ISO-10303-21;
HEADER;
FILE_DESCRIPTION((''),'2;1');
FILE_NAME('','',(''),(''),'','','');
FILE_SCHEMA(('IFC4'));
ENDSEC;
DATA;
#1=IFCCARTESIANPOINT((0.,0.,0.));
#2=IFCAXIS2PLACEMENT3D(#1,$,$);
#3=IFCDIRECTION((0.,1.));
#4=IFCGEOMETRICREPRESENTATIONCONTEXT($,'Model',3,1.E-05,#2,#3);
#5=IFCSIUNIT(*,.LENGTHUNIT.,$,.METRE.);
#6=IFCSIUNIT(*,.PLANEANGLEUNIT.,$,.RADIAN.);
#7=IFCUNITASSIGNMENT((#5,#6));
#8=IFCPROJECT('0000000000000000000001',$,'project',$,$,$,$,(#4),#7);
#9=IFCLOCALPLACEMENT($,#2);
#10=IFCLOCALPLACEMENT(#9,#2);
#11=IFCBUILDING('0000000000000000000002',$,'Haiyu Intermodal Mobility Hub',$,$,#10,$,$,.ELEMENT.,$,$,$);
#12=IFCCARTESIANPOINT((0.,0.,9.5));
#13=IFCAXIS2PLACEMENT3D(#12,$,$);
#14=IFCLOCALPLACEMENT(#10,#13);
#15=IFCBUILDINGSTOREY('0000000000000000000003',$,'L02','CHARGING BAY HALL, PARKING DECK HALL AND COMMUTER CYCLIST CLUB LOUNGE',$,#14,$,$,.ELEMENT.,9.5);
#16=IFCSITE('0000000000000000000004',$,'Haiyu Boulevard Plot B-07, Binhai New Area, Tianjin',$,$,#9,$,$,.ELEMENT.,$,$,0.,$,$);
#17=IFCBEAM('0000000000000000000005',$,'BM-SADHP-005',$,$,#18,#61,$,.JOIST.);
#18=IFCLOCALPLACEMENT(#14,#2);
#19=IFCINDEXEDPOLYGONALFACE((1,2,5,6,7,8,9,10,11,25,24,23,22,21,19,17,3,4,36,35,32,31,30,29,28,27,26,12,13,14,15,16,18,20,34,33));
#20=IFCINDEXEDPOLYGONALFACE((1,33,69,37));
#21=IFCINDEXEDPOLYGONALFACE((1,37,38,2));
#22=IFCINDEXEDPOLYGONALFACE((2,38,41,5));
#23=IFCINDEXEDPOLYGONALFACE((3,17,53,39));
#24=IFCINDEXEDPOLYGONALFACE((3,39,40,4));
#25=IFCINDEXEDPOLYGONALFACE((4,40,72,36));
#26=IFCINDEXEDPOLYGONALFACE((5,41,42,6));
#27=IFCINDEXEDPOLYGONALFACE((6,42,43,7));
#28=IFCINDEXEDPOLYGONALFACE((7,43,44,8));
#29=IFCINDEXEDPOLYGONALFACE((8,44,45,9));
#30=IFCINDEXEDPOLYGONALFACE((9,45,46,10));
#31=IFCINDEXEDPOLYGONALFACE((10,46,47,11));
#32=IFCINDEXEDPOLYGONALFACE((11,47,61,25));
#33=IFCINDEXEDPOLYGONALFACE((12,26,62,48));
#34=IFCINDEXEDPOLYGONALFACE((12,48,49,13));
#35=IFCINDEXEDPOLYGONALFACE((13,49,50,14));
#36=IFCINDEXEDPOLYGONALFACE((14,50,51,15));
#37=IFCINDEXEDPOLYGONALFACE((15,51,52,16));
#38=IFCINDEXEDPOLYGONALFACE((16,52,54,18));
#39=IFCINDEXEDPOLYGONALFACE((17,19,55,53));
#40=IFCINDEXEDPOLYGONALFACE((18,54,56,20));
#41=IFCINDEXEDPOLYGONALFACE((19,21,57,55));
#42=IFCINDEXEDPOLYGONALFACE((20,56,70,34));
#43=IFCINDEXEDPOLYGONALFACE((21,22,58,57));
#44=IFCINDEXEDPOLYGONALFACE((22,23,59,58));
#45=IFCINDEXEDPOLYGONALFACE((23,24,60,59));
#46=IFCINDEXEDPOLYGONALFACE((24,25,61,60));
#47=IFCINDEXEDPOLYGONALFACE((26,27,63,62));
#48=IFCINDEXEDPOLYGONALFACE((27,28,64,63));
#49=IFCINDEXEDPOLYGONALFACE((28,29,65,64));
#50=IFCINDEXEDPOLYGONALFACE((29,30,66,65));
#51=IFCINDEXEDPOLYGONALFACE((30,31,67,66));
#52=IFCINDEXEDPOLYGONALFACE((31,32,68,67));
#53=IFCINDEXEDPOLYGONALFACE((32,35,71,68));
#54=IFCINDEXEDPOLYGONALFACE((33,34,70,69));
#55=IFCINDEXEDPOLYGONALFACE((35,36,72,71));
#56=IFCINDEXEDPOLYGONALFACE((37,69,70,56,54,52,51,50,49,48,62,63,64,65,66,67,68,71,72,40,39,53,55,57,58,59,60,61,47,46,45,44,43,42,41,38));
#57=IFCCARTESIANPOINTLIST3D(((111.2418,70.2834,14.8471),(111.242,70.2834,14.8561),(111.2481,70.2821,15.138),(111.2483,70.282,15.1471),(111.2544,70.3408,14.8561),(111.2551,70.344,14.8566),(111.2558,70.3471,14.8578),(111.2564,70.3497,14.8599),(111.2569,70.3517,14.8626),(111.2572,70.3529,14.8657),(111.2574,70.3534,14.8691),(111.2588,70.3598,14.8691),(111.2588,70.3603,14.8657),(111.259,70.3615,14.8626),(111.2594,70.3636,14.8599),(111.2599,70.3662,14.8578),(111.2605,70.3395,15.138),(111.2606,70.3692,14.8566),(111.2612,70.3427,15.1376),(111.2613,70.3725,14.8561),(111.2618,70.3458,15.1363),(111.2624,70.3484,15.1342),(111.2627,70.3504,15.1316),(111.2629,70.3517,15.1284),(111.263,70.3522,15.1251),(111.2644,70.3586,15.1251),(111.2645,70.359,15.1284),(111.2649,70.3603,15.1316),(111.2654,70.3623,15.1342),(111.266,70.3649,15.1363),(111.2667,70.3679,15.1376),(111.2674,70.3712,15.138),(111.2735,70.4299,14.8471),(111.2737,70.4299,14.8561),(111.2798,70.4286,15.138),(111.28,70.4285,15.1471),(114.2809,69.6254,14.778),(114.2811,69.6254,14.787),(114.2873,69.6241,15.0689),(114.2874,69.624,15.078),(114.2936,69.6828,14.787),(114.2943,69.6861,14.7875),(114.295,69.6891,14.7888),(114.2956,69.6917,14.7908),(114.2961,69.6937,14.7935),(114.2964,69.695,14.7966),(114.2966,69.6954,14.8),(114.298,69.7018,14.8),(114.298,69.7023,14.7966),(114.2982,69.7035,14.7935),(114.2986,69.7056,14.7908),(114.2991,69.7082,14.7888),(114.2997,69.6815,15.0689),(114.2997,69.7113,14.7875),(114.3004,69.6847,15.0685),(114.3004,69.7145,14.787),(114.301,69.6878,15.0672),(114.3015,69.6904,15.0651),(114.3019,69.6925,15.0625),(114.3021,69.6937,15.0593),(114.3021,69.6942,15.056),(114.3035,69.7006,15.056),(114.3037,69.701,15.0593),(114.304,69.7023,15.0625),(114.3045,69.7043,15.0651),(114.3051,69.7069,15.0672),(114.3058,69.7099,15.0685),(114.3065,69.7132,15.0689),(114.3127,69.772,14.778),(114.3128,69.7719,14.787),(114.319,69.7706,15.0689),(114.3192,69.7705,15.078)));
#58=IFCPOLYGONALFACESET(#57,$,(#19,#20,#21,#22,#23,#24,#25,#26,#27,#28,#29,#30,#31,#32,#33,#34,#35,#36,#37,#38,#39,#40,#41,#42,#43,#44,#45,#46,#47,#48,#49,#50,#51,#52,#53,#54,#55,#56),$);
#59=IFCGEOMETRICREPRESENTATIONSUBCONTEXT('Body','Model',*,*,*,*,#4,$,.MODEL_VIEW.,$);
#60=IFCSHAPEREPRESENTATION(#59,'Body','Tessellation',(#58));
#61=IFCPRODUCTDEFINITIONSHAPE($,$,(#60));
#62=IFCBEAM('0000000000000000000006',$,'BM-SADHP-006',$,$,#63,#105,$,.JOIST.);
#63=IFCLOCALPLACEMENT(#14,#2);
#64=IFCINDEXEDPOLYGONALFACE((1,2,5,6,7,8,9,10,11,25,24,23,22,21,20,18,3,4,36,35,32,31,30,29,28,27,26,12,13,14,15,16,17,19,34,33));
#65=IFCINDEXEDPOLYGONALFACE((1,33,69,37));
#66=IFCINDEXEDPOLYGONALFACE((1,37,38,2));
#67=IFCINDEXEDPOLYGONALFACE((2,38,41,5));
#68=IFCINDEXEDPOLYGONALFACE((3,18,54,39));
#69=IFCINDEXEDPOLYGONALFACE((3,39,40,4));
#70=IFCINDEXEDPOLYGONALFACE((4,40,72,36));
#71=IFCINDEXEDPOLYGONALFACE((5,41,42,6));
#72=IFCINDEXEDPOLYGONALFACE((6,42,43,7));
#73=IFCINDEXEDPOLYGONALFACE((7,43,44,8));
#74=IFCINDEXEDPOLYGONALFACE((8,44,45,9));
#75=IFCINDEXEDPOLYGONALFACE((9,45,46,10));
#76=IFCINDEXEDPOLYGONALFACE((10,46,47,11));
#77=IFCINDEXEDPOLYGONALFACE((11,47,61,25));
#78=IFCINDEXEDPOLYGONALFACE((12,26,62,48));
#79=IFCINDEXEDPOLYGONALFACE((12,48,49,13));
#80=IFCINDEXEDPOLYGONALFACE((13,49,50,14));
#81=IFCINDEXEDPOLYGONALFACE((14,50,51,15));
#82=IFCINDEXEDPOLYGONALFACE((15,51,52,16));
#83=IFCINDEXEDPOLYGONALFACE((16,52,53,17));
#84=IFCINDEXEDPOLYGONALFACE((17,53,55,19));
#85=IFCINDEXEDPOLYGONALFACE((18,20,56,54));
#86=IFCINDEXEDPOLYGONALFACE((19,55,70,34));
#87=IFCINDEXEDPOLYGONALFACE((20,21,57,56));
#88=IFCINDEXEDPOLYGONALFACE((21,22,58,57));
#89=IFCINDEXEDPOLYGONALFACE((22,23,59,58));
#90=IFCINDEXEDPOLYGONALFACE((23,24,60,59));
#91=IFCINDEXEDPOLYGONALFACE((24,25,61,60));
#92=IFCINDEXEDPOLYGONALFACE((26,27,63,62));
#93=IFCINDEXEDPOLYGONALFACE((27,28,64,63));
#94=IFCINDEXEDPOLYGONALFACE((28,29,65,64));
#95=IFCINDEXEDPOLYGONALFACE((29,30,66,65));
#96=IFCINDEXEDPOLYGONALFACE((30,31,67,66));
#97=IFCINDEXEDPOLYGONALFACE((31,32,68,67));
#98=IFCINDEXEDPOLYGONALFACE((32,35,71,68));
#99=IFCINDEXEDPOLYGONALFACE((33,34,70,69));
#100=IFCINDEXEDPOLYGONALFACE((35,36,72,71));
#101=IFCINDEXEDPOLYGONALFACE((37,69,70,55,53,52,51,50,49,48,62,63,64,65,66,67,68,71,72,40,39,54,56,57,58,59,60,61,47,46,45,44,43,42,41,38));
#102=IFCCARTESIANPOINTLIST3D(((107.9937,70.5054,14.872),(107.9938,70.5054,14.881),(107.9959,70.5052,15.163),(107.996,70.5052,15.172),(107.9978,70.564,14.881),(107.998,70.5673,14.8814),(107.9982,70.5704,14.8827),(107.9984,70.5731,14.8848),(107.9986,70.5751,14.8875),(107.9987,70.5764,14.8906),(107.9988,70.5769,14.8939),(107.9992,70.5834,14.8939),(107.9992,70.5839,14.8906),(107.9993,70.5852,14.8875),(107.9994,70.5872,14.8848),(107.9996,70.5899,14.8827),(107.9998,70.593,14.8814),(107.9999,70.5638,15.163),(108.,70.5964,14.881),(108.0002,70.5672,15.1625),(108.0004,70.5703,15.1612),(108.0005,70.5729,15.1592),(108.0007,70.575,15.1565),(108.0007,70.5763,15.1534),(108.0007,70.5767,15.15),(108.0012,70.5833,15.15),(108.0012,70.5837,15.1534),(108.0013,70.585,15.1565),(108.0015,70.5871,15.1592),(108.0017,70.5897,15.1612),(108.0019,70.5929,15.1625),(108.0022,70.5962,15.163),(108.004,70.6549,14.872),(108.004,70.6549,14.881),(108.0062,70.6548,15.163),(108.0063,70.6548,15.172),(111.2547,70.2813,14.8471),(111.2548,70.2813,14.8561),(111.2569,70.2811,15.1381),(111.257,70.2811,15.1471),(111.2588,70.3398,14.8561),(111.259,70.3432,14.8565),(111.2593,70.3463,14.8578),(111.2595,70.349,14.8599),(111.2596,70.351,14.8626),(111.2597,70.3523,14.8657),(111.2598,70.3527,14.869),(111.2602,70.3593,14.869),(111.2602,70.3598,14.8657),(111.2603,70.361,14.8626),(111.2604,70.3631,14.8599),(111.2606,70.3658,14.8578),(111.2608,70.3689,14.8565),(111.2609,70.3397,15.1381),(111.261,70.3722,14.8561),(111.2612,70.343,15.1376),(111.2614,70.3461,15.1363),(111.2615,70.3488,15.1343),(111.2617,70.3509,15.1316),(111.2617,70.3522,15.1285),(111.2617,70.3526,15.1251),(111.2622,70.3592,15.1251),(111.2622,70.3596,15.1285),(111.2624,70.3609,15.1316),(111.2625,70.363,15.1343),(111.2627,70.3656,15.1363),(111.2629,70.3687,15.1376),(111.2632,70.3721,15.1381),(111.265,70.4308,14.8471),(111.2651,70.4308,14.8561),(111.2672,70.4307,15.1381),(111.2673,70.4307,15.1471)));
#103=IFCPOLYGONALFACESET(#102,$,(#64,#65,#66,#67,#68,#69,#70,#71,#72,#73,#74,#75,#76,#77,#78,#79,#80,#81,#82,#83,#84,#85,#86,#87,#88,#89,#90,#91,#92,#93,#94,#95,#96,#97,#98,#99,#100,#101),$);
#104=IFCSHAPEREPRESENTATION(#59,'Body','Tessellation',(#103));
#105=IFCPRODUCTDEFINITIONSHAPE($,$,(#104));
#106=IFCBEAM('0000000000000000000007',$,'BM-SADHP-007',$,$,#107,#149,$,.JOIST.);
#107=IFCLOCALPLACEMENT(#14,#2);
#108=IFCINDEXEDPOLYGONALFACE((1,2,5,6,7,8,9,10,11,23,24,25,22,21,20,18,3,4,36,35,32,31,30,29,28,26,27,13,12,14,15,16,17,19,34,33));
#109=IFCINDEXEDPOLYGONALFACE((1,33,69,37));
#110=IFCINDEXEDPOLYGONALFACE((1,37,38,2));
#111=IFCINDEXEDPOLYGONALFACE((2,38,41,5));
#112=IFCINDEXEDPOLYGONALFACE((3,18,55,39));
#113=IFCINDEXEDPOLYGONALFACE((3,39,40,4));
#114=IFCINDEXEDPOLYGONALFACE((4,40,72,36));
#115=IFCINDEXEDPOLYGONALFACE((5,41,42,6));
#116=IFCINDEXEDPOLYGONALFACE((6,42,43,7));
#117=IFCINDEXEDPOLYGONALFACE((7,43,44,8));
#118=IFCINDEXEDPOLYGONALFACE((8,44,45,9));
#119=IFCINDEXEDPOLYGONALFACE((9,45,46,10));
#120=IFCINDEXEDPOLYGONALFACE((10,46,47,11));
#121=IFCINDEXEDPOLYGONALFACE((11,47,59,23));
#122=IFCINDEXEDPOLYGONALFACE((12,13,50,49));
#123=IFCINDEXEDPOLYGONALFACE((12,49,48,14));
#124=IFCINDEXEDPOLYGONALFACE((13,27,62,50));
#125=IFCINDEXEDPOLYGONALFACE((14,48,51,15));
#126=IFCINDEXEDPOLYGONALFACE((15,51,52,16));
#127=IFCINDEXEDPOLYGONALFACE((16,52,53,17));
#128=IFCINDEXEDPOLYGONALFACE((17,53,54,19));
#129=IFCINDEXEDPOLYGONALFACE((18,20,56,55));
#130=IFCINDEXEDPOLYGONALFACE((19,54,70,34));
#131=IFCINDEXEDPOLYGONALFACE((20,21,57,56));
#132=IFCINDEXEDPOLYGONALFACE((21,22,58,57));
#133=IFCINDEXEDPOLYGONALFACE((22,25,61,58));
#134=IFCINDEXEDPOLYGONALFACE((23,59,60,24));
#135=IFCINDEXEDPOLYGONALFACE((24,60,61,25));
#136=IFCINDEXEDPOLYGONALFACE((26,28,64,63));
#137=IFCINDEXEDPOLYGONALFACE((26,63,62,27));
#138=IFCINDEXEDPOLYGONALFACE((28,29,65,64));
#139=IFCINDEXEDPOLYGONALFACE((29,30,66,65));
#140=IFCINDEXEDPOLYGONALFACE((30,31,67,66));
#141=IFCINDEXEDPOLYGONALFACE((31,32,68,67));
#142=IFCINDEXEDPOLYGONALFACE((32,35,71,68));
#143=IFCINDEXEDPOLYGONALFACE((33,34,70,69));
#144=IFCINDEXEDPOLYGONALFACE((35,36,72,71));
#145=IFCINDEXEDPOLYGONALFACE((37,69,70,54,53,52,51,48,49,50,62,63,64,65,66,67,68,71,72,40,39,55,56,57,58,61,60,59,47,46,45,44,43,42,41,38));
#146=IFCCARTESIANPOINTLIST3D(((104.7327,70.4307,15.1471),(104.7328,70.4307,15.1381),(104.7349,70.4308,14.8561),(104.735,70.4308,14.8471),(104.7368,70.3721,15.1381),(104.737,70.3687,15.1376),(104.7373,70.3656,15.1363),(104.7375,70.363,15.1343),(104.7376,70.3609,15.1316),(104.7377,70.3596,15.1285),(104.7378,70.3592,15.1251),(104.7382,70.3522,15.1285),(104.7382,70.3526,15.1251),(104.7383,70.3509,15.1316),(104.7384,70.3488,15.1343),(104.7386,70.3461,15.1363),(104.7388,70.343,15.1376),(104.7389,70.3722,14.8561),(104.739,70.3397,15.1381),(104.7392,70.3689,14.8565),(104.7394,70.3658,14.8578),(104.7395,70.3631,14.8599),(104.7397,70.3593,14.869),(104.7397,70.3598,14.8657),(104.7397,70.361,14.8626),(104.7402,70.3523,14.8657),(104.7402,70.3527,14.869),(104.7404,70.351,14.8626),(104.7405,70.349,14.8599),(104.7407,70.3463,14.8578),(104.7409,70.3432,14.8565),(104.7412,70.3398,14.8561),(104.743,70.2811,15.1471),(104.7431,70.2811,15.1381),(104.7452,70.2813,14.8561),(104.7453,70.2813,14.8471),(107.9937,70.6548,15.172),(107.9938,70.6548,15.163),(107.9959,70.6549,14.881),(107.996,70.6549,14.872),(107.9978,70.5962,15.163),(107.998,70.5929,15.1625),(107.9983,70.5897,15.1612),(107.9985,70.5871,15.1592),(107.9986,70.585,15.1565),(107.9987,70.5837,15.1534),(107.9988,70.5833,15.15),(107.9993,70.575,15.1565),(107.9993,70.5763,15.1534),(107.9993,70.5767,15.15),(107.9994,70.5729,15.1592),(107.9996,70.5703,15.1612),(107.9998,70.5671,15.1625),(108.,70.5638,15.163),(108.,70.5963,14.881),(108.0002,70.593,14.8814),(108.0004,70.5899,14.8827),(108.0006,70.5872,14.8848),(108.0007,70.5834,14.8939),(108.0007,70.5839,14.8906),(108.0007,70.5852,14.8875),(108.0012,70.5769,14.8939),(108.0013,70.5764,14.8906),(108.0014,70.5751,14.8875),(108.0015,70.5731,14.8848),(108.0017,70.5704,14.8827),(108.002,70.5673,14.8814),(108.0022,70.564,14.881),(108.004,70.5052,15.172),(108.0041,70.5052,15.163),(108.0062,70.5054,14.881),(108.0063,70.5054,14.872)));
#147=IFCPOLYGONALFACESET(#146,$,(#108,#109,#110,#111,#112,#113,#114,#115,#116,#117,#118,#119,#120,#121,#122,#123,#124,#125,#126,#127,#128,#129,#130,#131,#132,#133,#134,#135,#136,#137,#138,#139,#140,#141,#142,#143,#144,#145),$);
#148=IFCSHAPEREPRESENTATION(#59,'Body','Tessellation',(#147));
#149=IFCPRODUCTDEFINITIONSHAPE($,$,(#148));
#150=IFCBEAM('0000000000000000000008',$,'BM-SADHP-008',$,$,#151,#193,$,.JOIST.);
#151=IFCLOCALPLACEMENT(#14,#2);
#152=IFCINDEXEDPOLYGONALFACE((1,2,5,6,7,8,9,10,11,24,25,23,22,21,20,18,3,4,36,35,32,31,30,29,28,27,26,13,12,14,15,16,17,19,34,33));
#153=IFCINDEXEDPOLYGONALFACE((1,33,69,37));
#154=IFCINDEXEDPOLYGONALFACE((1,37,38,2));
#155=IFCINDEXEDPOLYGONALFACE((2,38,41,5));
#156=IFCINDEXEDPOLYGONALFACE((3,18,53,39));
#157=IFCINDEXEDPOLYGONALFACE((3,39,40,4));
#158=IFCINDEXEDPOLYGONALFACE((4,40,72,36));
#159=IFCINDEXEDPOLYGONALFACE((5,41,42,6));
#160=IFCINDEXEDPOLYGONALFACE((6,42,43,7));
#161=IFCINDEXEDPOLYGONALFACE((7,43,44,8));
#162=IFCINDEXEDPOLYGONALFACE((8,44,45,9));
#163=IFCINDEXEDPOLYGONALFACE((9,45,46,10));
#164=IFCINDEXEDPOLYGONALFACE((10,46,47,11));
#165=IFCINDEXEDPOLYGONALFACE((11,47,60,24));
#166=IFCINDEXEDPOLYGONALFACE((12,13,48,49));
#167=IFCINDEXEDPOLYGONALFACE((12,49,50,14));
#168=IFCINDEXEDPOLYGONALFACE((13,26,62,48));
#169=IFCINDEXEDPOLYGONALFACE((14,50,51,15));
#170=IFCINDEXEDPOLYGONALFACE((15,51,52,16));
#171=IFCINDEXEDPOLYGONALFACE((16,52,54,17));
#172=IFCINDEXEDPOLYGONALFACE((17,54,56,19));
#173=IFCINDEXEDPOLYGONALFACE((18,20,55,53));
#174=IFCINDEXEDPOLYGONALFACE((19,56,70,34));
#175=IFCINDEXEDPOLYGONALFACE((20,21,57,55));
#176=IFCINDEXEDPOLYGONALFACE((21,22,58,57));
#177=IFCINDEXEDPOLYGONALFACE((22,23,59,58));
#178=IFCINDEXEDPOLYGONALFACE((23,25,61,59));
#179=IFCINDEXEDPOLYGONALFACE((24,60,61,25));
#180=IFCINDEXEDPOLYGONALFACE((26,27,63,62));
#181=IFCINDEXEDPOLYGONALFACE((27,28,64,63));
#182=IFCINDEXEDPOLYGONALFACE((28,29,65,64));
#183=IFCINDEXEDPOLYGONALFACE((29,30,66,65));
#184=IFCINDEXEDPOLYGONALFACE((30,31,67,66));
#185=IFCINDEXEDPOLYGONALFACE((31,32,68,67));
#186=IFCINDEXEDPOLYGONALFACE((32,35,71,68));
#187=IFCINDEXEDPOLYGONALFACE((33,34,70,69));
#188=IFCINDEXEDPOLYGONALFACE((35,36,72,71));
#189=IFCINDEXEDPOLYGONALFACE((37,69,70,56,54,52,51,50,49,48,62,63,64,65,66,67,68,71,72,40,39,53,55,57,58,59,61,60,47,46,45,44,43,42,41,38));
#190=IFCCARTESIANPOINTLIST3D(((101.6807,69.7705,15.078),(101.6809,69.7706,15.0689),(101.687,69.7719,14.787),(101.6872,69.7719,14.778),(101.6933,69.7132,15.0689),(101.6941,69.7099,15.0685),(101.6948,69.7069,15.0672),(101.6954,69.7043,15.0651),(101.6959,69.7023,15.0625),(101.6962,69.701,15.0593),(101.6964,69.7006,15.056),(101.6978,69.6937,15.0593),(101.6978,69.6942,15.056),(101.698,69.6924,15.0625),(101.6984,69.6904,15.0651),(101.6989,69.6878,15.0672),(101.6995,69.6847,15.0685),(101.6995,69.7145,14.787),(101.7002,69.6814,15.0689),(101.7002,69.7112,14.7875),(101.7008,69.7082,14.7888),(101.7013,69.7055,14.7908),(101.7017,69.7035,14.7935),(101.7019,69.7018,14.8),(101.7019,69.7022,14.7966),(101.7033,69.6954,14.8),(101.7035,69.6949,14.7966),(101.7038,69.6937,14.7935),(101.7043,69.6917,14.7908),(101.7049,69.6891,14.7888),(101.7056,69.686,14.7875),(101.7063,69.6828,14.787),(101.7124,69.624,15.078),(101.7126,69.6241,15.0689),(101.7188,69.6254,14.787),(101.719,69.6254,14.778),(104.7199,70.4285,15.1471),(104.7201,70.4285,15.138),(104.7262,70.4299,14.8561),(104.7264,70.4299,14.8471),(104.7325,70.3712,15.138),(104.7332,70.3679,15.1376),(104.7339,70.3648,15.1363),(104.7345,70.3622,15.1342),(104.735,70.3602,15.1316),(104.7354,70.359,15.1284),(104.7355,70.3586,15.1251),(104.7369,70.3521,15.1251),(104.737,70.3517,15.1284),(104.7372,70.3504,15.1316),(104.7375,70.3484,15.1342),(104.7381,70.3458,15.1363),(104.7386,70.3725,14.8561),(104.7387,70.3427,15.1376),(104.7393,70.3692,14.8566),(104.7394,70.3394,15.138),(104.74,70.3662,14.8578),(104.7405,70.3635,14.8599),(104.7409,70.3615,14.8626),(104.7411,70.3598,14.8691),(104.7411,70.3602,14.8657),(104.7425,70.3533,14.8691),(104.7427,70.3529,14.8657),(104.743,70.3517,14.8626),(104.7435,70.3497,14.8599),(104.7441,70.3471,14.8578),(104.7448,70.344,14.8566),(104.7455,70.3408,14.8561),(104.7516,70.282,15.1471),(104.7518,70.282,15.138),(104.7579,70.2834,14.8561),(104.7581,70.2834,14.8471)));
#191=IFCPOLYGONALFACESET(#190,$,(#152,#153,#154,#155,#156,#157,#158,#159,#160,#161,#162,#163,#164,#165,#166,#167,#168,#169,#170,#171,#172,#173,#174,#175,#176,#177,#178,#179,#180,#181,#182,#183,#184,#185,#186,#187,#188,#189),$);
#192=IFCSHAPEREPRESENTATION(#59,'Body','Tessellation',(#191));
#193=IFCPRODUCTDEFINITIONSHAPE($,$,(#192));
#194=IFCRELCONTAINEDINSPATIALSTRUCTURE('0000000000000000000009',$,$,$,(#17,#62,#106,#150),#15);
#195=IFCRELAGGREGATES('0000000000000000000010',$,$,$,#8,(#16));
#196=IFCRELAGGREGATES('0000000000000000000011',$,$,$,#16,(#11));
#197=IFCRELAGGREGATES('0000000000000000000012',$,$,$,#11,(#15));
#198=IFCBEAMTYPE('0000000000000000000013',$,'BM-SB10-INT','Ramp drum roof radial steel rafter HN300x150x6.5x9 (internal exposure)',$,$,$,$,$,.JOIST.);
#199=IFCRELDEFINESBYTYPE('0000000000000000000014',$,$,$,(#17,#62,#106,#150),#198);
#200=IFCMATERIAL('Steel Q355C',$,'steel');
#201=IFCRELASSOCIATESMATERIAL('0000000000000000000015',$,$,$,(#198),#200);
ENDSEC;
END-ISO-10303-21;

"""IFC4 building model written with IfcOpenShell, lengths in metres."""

from ifc_helpers import new_model, si_unit, direction, frame, origin, origin_2d, place, context, subcontext, project, spatial, i_section, extrude, material, material_profile, profile_set, type_object, element, save


model = new_model("IFC4")

# Units and contexts
model_context = context("Model", 3, precision=1e-05, world=origin(), true_north=direction((0.0, 1.0)))
body_context = subcontext(model_context, "Body", "Model", "MODEL_VIEW")
ifc_project = project(units=[si_unit("LENGTHUNIT", "METRE"), si_unit("PLANEANGLEUNIT", "RADIAN")], contexts=[model_context])

# Site, building, storey
site_placement = place(None, origin())
site = spatial("IfcSite", under=ifc_project, at=site_placement, Name="Haiyu Boulevard Plot B-07, Binhai New Area, Tianjin", CompositionType="ELEMENT", RefElevation=0.0)
building_placement = place(site_placement, origin())
building = spatial("IfcBuilding", under=site, at=building_placement, Name="Haiyu Intermodal Mobility Hub", CompositionType="ELEMENT")
storey_placement = place(building_placement, frame((0.0, 0.0, 9.5)))
storey = spatial("IfcBuildingStorey", under=building, at=storey_placement, Name="L02", Description="CHARGING BAY HALL, PARKING DECK HALL AND COMMUTER CYCLIST CLUB LOUNGE", CompositionType="ELEMENT", Elevation=9.5)

# Beams
ifc_material = material(Name="Steel Q355C", Category="steel")
ifc_material_profile_1 = material_profile(ifc_material, i_section(OverallWidth=0.1499, OverallDepth=0.3, WebThickness=0.0066, FlangeThickness=0.009, FilletRadius=0.0129, at=origin_2d()), Name="HN300x150x6.5x9")
ifc_profile_set_1 = profile_set([ifc_material_profile_1], Name="Steel Q355C")
beam_type_1 = type_object("IfcBeamType", Name="BM-SB10-INT", Description="Ramp drum roof radial steel rafter HN300x150x6.5x9 (internal exposure)", PredefinedType="JOIST", material=ifc_profile_set_1)
beam_1_placement = place(storey_placement, frame((114.3, 69.698, 14.928), z_axis=(-0.977116, 0.211546, 0.022214), x_axis=(-0.211598, -0.977357, 0.0)))
element("IfcBeam", 1, at=beam_1_placement, inside=storey, type_object=beam_type_1, Name="BM-SADHP-005", PredefinedType="JOIST", context=body_context, shape_type="SweptSolid", body=[
    extrude(i_section(OverallWidth=0.1499, OverallDepth=0.3, WebThickness=0.0066, FlangeThickness=0.009, FilletRadius=0.0129, at=origin_2d()), origin(), (0.0, 0.0, 1.0), 3.1104),
])
for number, where, z_axis, x_axis, name in (
    (2, (111.261, 70.356, 14.9971), (-0.997618, 0.068564, 0.007618), (-0.068566, -0.997647, 0.0), "BM-SADHP-006"),
    (3, (108.0, 70.5801, 15.022), (-0.997618, -0.068564, -0.007618), (0.068566, -0.997647, 0.0), "BM-SADHP-007"),
):
    element("IfcBeam", number, at=place(storey_placement, frame(where, z_axis=z_axis, x_axis=x_axis)), inside=storey, type_object=beam_type_1, Name=name, PredefinedType="JOIST", context=body_context, shape_type="SweptSolid", body=[
        extrude(i_section(OverallWidth=0.1499, OverallDepth=0.3, WebThickness=0.0066, FlangeThickness=0.009, FilletRadius=0.0129, at=origin_2d()), origin(), (0.0, 0.0, 1.0), 3.2688),
    ])
beam_2_placement = place(storey_placement, frame((104.739, 70.356, 14.9971), z_axis=(-0.977116, -0.211546, -0.022214), x_axis=(0.211598, -0.977357, 0.0)))
element("IfcBeam", 4, at=beam_2_placement, inside=storey, type_object=beam_type_1, Name="BM-SADHP-008", PredefinedType="JOIST", context=body_context, shape_type="SweptSolid", body=[
    extrude(i_section(OverallWidth=0.1499, OverallDepth=0.3, WebThickness=0.0066, FlangeThickness=0.009, FilletRadius=0.0129, at=origin_2d()), origin(), (0.0, 0.0, 1.0), 3.1104),
])

save(model, "model.ifc")
